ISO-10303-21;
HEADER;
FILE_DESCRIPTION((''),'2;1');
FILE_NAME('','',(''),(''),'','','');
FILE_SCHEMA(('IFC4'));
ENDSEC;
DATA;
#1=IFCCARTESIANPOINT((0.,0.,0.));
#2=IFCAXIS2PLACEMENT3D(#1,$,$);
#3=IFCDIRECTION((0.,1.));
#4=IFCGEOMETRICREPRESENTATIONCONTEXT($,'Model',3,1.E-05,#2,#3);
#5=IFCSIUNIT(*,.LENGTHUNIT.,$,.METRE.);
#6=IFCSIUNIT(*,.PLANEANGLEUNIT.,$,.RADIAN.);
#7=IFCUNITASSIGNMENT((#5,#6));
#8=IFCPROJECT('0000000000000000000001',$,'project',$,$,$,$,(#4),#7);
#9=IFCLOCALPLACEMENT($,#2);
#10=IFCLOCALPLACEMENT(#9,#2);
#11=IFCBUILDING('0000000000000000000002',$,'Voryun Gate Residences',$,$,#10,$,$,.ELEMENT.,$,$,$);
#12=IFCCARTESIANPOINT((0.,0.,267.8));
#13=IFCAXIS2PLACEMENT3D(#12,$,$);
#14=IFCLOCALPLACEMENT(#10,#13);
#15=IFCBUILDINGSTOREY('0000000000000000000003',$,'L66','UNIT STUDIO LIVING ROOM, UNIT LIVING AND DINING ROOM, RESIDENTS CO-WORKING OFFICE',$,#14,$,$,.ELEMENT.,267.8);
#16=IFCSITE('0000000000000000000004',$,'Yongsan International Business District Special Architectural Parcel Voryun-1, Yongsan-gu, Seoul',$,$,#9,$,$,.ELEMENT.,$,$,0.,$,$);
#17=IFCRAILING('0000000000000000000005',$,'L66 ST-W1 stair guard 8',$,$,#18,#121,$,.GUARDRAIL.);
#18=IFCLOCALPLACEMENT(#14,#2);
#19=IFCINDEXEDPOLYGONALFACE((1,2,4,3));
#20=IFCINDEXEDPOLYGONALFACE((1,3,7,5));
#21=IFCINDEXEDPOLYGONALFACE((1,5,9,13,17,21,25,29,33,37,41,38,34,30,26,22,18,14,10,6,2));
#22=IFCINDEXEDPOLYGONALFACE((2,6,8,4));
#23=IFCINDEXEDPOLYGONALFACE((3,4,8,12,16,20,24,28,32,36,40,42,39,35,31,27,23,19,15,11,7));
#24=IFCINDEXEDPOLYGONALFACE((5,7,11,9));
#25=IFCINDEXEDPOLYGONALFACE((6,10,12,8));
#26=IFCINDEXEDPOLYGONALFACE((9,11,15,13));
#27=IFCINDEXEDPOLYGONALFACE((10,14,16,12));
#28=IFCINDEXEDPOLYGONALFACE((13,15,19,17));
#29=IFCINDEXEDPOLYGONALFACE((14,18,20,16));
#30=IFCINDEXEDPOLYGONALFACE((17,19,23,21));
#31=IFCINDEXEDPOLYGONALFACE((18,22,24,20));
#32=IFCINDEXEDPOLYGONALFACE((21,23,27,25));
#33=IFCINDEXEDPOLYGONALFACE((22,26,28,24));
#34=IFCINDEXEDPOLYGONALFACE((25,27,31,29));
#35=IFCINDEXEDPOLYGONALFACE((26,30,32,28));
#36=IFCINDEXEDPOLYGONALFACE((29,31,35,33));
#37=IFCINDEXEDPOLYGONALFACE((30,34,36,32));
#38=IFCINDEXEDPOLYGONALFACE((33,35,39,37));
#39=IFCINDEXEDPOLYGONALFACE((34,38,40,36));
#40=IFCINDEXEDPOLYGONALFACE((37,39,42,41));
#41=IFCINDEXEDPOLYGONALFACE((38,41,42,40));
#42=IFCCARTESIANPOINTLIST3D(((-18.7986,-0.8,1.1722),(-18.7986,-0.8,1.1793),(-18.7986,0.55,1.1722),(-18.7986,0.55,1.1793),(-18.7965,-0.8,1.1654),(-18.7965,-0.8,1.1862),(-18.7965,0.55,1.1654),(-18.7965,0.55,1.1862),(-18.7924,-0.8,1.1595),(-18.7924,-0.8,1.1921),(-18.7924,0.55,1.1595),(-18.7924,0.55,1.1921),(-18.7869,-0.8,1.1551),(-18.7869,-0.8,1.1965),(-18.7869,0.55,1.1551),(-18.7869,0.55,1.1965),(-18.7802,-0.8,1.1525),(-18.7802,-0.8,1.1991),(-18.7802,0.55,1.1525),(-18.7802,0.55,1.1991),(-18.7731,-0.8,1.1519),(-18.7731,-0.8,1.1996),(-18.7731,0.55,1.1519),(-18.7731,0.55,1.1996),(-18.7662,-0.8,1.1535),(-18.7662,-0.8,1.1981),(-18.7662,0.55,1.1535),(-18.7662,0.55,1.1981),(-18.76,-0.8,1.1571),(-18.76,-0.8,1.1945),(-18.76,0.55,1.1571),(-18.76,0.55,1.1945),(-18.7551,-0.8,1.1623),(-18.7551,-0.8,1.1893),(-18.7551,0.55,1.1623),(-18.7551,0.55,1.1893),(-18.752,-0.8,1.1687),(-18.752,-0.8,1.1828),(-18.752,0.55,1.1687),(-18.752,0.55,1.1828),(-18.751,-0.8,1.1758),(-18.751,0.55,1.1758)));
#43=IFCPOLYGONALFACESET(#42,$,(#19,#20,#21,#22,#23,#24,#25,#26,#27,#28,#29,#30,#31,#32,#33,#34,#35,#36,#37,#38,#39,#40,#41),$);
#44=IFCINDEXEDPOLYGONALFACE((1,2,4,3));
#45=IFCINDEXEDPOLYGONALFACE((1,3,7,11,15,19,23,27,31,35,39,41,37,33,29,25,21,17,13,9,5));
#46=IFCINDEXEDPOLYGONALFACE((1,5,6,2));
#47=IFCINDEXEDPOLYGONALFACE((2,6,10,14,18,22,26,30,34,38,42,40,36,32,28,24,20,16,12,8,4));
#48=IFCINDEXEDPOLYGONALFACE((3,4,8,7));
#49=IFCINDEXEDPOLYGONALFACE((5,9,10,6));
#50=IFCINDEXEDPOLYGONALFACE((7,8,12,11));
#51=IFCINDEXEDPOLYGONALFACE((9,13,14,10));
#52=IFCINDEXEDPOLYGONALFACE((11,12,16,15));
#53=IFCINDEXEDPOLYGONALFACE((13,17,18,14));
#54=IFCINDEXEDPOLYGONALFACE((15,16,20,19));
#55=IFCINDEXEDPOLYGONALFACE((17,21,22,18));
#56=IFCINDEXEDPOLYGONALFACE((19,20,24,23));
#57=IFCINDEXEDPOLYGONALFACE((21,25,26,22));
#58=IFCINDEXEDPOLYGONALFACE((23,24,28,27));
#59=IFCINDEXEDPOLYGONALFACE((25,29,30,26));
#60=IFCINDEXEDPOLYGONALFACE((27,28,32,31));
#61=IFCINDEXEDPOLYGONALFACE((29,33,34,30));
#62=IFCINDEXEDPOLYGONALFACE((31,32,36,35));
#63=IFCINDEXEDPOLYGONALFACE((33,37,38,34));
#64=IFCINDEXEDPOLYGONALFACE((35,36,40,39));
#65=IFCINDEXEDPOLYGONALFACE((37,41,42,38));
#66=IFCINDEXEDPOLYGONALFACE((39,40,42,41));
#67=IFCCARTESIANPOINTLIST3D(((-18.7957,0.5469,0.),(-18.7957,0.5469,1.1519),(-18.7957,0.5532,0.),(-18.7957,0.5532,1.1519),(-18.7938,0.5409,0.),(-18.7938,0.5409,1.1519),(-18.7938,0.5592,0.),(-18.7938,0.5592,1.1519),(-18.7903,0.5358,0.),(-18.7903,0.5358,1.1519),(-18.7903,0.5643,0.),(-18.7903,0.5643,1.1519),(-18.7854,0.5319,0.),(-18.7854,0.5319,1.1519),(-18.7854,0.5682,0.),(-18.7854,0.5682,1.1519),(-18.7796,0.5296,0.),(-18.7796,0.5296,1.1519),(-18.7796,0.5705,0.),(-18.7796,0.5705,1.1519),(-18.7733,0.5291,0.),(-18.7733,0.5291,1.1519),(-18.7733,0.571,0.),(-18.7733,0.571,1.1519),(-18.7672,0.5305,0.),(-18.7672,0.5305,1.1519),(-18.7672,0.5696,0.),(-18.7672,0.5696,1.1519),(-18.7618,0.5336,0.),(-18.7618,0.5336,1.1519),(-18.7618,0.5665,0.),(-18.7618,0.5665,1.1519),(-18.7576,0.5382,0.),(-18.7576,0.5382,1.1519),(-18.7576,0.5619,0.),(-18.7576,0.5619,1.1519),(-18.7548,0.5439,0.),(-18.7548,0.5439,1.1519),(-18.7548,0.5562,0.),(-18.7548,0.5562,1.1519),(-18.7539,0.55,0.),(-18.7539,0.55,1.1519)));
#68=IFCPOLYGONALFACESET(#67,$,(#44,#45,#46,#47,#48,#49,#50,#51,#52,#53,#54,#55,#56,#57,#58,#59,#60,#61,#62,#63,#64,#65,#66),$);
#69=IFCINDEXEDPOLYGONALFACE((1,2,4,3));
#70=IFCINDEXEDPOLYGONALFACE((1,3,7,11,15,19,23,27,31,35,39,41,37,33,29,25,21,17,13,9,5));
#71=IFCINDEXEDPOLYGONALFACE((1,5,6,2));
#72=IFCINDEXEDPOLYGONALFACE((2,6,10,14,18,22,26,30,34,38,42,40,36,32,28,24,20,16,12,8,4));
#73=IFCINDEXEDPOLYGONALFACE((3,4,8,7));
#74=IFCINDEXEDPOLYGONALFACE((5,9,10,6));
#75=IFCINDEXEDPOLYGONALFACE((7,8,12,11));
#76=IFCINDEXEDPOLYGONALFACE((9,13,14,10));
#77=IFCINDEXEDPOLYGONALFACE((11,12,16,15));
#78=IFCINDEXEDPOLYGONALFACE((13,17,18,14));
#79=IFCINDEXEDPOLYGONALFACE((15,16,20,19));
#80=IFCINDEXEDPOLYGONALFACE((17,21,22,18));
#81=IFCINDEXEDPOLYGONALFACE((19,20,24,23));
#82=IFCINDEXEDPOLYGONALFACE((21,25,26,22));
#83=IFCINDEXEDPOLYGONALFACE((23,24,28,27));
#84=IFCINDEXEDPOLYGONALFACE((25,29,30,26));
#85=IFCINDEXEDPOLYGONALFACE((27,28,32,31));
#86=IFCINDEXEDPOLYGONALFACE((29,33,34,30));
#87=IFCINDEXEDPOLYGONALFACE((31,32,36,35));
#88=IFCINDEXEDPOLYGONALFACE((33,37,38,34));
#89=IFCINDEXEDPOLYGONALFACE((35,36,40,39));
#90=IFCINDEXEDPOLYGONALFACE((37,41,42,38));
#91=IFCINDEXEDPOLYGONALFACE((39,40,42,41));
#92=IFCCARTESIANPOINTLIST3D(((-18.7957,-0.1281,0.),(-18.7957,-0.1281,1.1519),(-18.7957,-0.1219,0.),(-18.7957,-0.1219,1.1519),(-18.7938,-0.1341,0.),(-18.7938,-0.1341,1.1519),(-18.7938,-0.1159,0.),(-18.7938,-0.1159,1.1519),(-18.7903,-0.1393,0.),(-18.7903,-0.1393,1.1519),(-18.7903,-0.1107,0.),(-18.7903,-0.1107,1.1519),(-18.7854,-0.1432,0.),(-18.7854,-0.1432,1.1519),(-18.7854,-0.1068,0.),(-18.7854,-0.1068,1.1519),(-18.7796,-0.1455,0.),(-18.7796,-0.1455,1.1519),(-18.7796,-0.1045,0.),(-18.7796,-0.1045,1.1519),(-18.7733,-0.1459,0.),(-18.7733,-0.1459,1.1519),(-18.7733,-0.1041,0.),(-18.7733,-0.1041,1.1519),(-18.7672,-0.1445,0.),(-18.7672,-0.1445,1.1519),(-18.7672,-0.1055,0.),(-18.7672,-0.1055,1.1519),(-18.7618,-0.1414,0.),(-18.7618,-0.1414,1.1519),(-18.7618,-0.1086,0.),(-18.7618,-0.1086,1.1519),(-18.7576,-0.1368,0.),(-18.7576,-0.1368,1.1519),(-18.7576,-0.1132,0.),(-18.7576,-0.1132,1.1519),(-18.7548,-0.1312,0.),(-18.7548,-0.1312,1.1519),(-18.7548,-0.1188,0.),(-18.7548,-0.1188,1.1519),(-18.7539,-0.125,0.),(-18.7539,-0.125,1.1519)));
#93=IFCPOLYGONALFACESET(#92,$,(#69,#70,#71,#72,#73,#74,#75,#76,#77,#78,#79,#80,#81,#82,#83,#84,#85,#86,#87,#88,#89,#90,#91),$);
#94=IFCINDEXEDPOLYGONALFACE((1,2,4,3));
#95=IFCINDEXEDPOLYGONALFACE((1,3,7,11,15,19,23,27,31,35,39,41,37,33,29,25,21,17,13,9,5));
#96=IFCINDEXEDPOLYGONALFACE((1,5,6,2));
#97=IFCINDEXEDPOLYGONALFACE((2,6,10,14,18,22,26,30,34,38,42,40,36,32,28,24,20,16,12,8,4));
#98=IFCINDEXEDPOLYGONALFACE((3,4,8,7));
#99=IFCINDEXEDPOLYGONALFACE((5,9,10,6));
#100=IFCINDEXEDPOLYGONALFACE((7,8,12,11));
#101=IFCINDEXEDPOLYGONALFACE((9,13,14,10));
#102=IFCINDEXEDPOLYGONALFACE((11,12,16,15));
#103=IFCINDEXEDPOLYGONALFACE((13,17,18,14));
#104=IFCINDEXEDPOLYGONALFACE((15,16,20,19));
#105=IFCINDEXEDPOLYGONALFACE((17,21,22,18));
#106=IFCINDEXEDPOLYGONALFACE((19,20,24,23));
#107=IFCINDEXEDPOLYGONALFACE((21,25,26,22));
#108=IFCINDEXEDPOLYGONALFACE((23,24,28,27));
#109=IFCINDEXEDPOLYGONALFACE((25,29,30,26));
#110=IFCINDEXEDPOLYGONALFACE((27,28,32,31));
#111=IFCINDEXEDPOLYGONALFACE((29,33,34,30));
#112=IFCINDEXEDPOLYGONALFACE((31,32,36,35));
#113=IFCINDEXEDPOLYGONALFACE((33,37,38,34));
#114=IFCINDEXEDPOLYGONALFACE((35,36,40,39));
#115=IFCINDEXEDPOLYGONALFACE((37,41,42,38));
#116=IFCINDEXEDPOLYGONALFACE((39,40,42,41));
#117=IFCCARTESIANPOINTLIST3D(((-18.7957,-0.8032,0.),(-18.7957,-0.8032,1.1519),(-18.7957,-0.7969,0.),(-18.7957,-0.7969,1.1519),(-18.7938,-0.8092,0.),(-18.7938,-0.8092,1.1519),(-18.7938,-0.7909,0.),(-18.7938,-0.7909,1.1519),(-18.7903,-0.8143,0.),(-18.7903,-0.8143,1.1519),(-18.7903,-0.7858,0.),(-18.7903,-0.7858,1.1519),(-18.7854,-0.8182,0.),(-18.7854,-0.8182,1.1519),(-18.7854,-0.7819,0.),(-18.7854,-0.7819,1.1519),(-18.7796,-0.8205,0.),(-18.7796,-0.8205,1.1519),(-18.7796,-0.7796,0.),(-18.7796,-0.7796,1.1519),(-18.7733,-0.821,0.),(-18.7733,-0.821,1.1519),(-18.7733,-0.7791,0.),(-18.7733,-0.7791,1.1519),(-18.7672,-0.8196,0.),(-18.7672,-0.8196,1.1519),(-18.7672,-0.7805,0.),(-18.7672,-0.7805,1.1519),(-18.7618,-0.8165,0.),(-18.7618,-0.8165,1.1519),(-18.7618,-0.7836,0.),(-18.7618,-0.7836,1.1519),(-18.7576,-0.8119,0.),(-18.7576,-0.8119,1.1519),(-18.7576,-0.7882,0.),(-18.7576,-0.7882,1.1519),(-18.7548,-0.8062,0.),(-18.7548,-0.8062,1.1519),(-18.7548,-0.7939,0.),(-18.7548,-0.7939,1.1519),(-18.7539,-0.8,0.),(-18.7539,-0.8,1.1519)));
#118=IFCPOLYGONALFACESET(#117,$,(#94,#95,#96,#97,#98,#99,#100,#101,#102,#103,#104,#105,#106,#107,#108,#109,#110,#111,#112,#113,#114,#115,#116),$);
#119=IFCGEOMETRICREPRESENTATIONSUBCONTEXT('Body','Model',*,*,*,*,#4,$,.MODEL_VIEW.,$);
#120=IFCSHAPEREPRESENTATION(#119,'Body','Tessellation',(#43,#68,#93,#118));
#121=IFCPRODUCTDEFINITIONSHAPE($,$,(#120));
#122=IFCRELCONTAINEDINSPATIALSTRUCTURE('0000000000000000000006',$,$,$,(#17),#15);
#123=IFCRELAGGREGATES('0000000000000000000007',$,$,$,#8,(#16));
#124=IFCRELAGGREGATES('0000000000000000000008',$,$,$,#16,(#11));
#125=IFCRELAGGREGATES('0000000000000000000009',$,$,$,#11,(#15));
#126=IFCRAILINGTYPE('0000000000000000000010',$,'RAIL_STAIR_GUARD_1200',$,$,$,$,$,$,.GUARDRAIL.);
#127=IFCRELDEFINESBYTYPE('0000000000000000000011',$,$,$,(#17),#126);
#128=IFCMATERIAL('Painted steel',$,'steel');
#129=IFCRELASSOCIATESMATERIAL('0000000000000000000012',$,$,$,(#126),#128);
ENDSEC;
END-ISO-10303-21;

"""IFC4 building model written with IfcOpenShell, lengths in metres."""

from ifc_helpers import new_model, si_unit, direction, frame, origin, origin_2d, place, context, subcontext, project, spatial, circle, extrude, material, type_object, element, save


model = new_model("IFC4")

# Units and contexts
model_context = context("Model", 3, precision=1e-05, world=origin(), true_north=direction((0.0, 1.0)))
body_context = subcontext(model_context, "Body", "Model", "MODEL_VIEW")
ifc_project = project(units=[si_unit("LENGTHUNIT", "METRE"), si_unit("PLANEANGLEUNIT", "RADIAN")], contexts=[model_context])

# Site, building, storey
site_placement = place(None, origin())
site = spatial("IfcSite", under=ifc_project, at=site_placement, Name="Yongsan International Business District Special Architectural Parcel Voryun-1, Yongsan-gu, Seoul", CompositionType="ELEMENT", RefElevation=0.0)
building_placement = place(site_placement, origin())
building = spatial("IfcBuilding", under=site, at=building_placement, Name="Voryun Gate Residences", CompositionType="ELEMENT")
storey_placement = place(building_placement, frame((0.0, 0.0, 267.8)))
storey = spatial("IfcBuildingStorey", under=building, at=storey_placement, Name="L66", Description="UNIT STUDIO LIVING ROOM, UNIT LIVING AND DINING ROOM, RESIDENTS CO-WORKING OFFICE", CompositionType="ELEMENT", Elevation=267.8)

# Railing
ifc_material_1 = material(Name="Painted steel", Category="steel")
railing_type_1 = type_object("IfcRailingType", Name="RAIL_STAIR_GUARD_1200", PredefinedType="GUARDRAIL", material=ifc_material_1)
railing_1_placement = place(storey_placement, frame((-18.7749, 0.55, 0.0)))
element("IfcRailing", 1, at=railing_1_placement, inside=storey, type_object=railing_type_1, Name="L66 ST-W1 stair guard 8", PredefinedType="GUARDRAIL", context=body_context, shape_type="SweptSolid", body=[
    extrude(circle(Radius=0.0239, at=origin_2d()), frame((0.0, 0.0, 1.1758), z_axis=(0.0, -1.0, 0.0), x_axis=(1.0, 0.0, 0.0)), (0.0, 0.0, 1.0), 1.3501),
    extrude(circle(Radius=0.021, at=origin_2d()), origin(), (0.0, 0.0, 1.0), 1.1519),
    extrude(circle(Radius=0.021, at=origin_2d()), frame((0.0, -0.675, 0.0)), (0.0, 0.0, 1.0), 1.1519),
    extrude(circle(Radius=0.021, at=origin_2d()), frame((0.0, -1.3501, 0.0)), (0.0, 0.0, 1.0), 1.1519),
])

save(model, "model.ifc")
